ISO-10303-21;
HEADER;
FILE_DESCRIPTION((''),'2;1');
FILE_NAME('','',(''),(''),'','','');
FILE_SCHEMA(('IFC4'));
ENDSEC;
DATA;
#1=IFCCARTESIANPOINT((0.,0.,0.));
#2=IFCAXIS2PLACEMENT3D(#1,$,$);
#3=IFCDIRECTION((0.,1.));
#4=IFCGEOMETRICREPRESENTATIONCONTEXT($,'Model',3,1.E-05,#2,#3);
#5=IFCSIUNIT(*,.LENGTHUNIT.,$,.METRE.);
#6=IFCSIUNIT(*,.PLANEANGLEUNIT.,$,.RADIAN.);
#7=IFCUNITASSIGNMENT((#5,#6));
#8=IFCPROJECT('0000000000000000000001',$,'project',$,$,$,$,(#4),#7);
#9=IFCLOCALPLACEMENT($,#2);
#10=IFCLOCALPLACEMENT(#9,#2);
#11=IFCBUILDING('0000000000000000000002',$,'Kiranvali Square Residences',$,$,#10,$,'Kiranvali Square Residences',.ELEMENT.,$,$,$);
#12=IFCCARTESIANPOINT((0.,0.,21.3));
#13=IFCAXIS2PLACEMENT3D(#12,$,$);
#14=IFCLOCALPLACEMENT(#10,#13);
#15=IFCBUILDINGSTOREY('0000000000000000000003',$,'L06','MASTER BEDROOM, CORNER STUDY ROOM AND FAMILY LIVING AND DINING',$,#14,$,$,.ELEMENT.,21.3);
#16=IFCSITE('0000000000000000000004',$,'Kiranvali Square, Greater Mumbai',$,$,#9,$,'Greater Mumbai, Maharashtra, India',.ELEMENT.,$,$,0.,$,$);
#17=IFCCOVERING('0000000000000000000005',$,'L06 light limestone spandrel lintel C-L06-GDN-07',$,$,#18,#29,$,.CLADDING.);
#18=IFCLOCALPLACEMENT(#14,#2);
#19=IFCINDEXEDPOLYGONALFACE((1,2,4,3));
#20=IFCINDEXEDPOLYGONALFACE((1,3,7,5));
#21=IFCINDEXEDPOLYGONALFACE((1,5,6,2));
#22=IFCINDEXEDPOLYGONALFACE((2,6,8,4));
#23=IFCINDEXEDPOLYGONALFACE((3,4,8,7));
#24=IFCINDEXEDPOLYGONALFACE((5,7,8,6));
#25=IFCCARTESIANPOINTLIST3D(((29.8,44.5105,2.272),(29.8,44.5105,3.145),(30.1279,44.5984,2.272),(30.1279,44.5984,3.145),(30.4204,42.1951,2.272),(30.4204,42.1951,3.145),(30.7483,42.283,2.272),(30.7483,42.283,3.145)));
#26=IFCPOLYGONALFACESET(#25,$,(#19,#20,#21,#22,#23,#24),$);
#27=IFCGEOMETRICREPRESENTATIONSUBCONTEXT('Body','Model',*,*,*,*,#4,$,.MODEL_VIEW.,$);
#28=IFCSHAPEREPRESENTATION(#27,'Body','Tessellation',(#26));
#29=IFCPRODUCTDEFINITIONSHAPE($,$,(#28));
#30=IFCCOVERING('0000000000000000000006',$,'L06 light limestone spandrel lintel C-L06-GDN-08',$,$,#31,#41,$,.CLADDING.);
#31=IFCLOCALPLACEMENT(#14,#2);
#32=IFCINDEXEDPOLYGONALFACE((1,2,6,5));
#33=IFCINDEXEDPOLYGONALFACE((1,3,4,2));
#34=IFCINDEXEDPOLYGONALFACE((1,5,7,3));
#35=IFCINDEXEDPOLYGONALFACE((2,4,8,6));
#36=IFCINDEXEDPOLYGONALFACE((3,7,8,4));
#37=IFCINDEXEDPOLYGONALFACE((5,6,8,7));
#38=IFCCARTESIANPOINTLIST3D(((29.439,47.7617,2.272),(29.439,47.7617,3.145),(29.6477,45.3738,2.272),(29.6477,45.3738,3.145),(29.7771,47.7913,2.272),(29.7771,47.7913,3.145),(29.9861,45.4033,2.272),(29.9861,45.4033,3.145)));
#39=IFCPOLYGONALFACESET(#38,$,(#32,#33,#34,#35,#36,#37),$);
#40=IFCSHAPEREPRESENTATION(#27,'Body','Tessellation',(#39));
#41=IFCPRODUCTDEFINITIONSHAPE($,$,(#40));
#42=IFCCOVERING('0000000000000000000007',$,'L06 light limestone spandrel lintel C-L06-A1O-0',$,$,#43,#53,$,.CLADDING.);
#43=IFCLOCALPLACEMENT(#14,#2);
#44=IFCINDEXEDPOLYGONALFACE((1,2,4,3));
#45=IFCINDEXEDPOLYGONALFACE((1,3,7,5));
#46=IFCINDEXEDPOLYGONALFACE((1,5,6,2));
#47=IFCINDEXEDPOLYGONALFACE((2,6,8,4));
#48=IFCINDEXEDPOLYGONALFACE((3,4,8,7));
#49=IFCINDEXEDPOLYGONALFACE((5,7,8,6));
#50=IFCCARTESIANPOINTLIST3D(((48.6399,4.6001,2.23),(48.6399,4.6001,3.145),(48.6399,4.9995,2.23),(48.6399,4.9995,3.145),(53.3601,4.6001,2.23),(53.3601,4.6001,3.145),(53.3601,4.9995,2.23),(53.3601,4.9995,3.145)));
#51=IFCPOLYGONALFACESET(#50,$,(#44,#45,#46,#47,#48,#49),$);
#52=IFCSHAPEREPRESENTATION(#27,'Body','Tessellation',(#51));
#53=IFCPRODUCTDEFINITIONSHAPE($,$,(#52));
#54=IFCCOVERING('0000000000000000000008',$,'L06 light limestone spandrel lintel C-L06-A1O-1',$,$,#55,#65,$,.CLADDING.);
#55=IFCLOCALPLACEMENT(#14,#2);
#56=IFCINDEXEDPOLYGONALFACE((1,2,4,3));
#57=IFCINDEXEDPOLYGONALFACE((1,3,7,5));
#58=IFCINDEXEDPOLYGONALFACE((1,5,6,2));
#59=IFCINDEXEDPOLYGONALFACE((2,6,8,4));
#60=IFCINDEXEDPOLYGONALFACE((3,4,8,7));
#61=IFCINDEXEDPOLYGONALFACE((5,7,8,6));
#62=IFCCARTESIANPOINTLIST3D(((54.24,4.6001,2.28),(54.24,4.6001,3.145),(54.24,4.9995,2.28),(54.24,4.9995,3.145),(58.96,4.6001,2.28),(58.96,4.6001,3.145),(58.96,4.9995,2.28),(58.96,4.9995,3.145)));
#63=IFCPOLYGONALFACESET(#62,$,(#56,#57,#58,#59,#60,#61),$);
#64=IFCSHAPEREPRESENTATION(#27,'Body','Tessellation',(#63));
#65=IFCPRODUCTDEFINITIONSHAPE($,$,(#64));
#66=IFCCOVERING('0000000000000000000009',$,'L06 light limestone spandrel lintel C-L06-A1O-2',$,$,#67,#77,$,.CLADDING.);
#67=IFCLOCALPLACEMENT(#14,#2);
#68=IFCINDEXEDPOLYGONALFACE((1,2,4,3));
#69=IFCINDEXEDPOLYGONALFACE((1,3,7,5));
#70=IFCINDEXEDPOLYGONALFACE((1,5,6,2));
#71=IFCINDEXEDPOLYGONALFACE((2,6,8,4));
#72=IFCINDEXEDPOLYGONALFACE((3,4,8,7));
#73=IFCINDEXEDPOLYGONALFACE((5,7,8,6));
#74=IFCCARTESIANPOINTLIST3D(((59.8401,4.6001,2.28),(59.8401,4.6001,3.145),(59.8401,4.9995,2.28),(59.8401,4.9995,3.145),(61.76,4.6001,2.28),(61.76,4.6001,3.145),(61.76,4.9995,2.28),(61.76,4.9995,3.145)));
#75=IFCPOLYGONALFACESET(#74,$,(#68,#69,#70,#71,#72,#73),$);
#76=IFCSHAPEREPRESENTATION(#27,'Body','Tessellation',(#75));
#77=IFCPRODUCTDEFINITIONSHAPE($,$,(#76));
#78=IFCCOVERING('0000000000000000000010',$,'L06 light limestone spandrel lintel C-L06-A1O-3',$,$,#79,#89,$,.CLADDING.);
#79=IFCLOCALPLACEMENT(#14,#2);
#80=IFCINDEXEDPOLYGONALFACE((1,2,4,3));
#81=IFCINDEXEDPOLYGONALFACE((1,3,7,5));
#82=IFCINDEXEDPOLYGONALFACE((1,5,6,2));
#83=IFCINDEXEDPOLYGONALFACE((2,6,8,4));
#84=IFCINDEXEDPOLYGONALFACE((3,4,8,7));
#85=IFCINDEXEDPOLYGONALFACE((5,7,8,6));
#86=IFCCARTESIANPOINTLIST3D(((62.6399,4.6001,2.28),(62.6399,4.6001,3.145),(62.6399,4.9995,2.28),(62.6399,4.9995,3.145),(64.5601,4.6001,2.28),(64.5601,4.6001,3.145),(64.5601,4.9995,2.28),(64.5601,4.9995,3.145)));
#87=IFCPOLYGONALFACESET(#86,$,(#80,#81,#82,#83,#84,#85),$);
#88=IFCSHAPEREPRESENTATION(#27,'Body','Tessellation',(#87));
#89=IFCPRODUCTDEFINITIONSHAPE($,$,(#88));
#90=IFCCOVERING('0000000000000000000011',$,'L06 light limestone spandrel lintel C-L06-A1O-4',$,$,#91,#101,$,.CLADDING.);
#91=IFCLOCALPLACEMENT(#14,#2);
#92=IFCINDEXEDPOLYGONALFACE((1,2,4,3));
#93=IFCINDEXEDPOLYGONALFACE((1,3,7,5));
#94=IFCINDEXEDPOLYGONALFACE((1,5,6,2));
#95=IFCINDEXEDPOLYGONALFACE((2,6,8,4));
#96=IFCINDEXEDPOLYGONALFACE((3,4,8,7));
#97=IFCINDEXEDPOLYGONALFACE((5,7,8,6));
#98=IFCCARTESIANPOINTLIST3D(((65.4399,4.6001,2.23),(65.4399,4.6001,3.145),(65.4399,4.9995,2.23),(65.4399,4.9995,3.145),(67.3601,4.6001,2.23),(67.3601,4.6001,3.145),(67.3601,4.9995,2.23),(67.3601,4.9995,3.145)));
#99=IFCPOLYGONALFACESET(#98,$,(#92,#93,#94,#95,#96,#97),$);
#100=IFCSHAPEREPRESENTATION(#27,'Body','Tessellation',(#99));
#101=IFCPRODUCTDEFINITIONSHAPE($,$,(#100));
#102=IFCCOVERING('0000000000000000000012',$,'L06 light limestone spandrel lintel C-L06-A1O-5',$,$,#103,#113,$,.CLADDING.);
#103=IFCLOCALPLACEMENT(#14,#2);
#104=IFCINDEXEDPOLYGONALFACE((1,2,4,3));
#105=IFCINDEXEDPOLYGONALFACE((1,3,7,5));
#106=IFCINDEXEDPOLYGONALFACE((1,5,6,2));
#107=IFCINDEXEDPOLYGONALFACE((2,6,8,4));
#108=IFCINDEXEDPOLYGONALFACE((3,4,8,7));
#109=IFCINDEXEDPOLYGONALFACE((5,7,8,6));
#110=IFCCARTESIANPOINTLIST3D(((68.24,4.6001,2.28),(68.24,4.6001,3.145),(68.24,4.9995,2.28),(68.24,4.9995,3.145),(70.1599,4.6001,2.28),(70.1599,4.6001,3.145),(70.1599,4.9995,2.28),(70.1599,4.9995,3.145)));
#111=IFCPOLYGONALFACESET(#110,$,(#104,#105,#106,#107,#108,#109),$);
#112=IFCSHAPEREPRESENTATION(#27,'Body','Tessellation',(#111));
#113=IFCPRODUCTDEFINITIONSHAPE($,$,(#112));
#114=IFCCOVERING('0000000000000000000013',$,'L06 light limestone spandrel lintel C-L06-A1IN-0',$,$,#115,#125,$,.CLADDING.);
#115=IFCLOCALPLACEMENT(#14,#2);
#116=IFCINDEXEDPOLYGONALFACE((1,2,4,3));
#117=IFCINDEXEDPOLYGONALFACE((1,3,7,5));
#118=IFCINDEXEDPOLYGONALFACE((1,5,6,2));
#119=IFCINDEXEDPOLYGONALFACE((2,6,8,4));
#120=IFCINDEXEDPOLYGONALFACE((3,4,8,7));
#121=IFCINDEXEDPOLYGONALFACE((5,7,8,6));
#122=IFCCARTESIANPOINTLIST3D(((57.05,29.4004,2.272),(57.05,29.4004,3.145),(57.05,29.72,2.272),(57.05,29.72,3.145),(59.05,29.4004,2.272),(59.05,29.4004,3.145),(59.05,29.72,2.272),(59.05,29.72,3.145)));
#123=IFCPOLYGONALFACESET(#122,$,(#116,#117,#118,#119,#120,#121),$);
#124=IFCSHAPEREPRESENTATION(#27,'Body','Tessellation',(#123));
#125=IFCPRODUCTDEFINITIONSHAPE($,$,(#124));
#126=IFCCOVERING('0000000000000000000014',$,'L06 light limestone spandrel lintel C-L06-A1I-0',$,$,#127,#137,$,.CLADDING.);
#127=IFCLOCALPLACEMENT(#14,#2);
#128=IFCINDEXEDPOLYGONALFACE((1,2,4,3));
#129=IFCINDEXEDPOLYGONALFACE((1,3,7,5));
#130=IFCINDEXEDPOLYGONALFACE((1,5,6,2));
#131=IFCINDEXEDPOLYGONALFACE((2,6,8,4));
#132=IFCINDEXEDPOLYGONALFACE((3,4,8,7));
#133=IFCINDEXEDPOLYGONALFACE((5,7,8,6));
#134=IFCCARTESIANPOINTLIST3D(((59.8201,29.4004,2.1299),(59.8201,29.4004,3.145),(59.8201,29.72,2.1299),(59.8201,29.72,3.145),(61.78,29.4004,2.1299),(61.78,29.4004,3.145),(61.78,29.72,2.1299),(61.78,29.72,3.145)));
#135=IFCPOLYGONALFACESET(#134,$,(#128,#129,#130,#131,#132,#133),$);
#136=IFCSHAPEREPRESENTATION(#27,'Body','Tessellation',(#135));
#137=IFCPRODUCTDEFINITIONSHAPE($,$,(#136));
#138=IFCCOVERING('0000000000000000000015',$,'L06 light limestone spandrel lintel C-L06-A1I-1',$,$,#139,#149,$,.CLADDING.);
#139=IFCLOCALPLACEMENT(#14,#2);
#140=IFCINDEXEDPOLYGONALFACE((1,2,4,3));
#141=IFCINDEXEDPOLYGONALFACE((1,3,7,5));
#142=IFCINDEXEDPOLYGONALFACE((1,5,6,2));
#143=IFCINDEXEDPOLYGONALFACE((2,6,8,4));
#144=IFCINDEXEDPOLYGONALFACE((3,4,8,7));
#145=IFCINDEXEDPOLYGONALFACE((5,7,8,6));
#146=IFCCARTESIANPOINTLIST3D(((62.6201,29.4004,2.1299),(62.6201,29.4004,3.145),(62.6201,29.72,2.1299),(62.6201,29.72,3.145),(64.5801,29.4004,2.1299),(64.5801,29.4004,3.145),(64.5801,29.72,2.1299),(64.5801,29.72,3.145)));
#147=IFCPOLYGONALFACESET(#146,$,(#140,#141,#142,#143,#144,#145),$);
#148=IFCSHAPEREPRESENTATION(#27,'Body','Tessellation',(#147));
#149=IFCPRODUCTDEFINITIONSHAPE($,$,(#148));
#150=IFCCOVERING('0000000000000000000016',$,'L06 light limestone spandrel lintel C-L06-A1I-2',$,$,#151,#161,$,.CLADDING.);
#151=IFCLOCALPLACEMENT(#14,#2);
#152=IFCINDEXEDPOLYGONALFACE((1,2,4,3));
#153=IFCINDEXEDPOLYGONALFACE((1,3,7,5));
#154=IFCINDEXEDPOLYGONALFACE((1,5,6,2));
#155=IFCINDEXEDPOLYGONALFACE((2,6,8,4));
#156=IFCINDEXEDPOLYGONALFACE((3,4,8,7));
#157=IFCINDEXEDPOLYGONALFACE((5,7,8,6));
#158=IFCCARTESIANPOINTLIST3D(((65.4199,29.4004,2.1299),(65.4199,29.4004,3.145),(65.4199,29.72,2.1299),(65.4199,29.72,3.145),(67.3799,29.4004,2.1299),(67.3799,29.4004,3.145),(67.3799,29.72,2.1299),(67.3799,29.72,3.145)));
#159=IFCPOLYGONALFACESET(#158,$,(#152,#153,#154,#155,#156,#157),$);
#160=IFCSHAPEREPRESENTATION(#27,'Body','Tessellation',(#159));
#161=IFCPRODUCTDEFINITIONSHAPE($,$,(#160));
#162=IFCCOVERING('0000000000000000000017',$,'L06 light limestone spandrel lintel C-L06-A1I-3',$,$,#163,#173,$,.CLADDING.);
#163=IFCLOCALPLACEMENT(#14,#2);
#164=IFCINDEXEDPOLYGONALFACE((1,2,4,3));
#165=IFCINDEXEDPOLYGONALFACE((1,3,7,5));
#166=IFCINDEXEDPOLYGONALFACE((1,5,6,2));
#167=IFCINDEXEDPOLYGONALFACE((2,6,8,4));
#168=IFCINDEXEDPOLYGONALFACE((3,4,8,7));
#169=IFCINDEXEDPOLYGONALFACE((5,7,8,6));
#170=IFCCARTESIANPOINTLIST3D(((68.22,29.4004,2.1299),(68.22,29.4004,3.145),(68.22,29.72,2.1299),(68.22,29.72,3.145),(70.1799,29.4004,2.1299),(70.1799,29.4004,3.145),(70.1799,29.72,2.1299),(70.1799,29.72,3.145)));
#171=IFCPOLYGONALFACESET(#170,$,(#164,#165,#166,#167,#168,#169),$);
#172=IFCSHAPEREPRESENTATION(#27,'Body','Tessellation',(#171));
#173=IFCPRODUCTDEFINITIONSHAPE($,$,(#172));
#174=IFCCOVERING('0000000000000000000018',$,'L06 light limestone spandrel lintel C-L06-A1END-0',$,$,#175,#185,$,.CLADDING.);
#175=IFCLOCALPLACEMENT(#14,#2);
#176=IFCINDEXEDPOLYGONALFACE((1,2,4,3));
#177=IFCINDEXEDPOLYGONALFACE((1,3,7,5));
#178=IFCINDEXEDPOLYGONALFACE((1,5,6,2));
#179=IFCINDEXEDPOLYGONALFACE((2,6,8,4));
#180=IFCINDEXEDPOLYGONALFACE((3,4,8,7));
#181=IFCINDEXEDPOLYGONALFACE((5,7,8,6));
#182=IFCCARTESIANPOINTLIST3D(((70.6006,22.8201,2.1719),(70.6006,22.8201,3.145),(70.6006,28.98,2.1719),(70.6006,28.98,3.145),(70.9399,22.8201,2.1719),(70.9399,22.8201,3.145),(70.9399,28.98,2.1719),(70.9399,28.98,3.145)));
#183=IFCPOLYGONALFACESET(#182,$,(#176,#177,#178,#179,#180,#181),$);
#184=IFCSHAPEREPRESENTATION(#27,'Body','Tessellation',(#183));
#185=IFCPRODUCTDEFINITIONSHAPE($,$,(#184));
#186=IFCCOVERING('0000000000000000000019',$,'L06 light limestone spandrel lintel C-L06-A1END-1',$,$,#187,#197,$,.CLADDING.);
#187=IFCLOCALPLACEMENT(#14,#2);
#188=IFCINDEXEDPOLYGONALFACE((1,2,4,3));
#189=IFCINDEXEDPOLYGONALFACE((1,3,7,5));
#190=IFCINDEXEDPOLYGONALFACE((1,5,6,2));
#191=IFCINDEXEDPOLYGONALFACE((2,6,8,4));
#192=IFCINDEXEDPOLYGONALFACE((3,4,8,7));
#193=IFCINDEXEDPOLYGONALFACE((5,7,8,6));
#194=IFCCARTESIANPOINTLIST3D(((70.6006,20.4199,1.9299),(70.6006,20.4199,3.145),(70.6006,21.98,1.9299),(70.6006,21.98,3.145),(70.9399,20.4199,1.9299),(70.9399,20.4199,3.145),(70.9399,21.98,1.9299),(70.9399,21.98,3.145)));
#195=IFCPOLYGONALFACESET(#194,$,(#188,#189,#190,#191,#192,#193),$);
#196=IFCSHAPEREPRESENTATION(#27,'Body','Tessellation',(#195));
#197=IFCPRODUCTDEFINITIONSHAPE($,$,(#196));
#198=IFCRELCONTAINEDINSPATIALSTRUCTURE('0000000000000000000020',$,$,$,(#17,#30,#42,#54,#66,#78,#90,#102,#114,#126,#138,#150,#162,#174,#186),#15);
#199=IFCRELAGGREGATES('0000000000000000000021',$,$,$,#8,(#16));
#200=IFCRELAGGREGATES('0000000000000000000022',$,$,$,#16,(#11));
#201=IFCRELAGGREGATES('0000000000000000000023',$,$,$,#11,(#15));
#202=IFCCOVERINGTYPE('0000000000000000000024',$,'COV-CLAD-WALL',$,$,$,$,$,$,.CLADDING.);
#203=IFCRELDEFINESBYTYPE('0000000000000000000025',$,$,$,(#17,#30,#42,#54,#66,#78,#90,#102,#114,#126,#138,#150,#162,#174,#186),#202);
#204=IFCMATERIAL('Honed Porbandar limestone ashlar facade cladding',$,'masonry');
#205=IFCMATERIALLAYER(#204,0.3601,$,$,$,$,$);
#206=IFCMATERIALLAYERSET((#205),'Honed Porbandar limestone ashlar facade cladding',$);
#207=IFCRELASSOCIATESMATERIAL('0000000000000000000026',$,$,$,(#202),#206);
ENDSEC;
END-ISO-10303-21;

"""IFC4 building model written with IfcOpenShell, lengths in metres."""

from ifc_helpers import new_model, si_unit, direction, frame, origin, place, context, subcontext, project, spatial, polyline, outline, extrude, material, layer, layer_set, type_object, element, save


model = new_model("IFC4")

# Units and contexts
model_context = context("Model", 3, precision=1e-05, world=origin(), true_north=direction((0.0, 1.0)))
body_context = subcontext(model_context, "Body", "Model", "MODEL_VIEW")
ifc_project = project(units=[si_unit("LENGTHUNIT", "METRE"), si_unit("PLANEANGLEUNIT", "RADIAN")], contexts=[model_context])

# Site, building, storey
site_placement = place(None, origin())
site = spatial("IfcSite", under=ifc_project, at=site_placement, Name="Kiranvali Square, Greater Mumbai", LongName="Greater Mumbai, Maharashtra, India", CompositionType="ELEMENT", RefElevation=0.0)
building_placement = place(site_placement, origin())
building = spatial("IfcBuilding", under=site, at=building_placement, Name="Kiranvali Square Residences", LongName="Kiranvali Square Residences", CompositionType="ELEMENT")
storey_placement = place(building_placement, frame((0.0, 0.0, 21.3)))
storey = spatial("IfcBuildingStorey", under=building, at=storey_placement, Name="L06", Description="MASTER BEDROOM, CORNER STUDY ROOM AND FAMILY LIVING AND DINING", CompositionType="ELEMENT", Elevation=21.3)

# Coverings
ifc_material = material(Name="Honed Porbandar limestone ashlar facade cladding", Category="masonry")
ifc_layer_1 = layer(ifc_material, 0.3601)
ifc_layer_set_1 = layer_set([ifc_layer_1], Name="Honed Porbandar limestone ashlar facade cladding")
covering_type_1 = type_object("IfcCoveringType", Name="COV-CLAD-WALL", PredefinedType="CLADDING", material=ifc_layer_set_1)
covering_1_placement = place(storey_placement, frame((0.0, 0.0, 2.272)))
element("IfcCovering", 1, at=covering_1_placement, inside=storey, type_object=covering_type_1, Name="L06 light limestone spandrel lintel C-L06-GDN-07", PredefinedType="CLADDING", context=body_context, shape_type="SweptSolid", body=[
    extrude(outline(polyline([(30.7483, 42.283), (30.1279, 44.5984), (29.8, 44.5105), (30.4204, 42.1951), (30.7483, 42.283)])), origin(), (0.0, 0.0, 1.0), 0.873),
])
covering_2_placement = place(storey_placement, frame((0.0, 0.0, 2.272)))
element("IfcCovering", 2, at=covering_2_placement, inside=storey, type_object=covering_type_1, Name="L06 light limestone spandrel lintel C-L06-GDN-08", PredefinedType="CLADDING", context=body_context, shape_type="SweptSolid", body=[
    extrude(outline(polyline([(29.9861, 45.4033), (29.7771, 47.7913), (29.439, 47.7617), (29.6477, 45.3738), (29.9861, 45.4033)])), origin(), (0.0, 0.0, 1.0), 0.873),
])
covering_3_placement = place(storey_placement, frame((0.0, 0.0, 2.23)))
element("IfcCovering", 3, at=covering_3_placement, inside=storey, type_object=covering_type_1, Name="L06 light limestone spandrel lintel C-L06-A1O-0", PredefinedType="CLADDING", context=body_context, shape_type="SweptSolid", body=[
    extrude(outline(polyline([(48.6399, 4.6001), (53.3601, 4.6001), (53.3601, 4.9995), (48.6399, 4.9995), (48.6399, 4.6001)])), origin(), (0.0, 0.0, 1.0), 0.915),
])
covering_4_placement = place(storey_placement, frame((0.0, 0.0, 2.28)))
element("IfcCovering", 4, at=covering_4_placement, inside=storey, type_object=covering_type_1, Name="L06 light limestone spandrel lintel C-L06-A1O-1", PredefinedType="CLADDING", context=body_context, shape_type="SweptSolid", body=[
    extrude(outline(polyline([(54.24, 4.6001), (58.96, 4.6001), (58.96, 4.9995), (54.24, 4.9995), (54.24, 4.6001)])), origin(), (0.0, 0.0, 1.0), 0.865),
])
covering_5_placement = place(storey_placement, frame((0.0, 0.0, 2.28)))
element("IfcCovering", 5, at=covering_5_placement, inside=storey, type_object=covering_type_1, Name="L06 light limestone spandrel lintel C-L06-A1O-2", PredefinedType="CLADDING", context=body_context, shape_type="SweptSolid", body=[
    extrude(outline(polyline([(59.8401, 4.6001), (61.76, 4.6001), (61.76, 4.9995), (59.8401, 4.9995), (59.8401, 4.6001)])), origin(), (0.0, 0.0, 1.0), 0.865),
])
covering_6_placement = place(storey_placement, frame((0.0, 0.0, 2.28)))
element("IfcCovering", 6, at=covering_6_placement, inside=storey, type_object=covering_type_1, Name="L06 light limestone spandrel lintel C-L06-A1O-3", PredefinedType="CLADDING", context=body_context, shape_type="SweptSolid", body=[
    extrude(outline(polyline([(62.6399, 4.6001), (64.5601, 4.6001), (64.5601, 4.9995), (62.6399, 4.9995), (62.6399, 4.6001)])), origin(), (0.0, 0.0, 1.0), 0.865),
])
covering_7_placement = place(storey_placement, frame((0.0, 0.0, 2.23)))
element("IfcCovering", 7, at=covering_7_placement, inside=storey, type_object=covering_type_1, Name="L06 light limestone spandrel lintel C-L06-A1O-4", PredefinedType="CLADDING", context=body_context, shape_type="SweptSolid", body=[
    extrude(outline(polyline([(65.4399, 4.6001), (67.3601, 4.6001), (67.3601, 4.9995), (65.4399, 4.9995), (65.4399, 4.6001)])), origin(), (0.0, 0.0, 1.0), 0.915),
])
covering_8_placement = place(storey_placement, frame((0.0, 0.0, 2.28)))
element("IfcCovering", 8, at=covering_8_placement, inside=storey, type_object=covering_type_1, Name="L06 light limestone spandrel lintel C-L06-A1O-5", PredefinedType="CLADDING", context=body_context, shape_type="SweptSolid", body=[
    extrude(outline(polyline([(68.24, 4.6001), (70.1599, 4.6001), (70.1599, 4.9995), (68.24, 4.9995), (68.24, 4.6001)])), origin(), (0.0, 0.0, 1.0), 0.865),
])
covering_9_placement = place(storey_placement, frame((0.0, 0.0, 2.272)))
element("IfcCovering", 9, at=covering_9_placement, inside=storey, type_object=covering_type_1, Name="L06 light limestone spandrel lintel C-L06-A1IN-0", PredefinedType="CLADDING", context=body_context, shape_type="SweptSolid", body=[
    extrude(outline(polyline([(57.05, 29.4004), (59.05, 29.4004), (59.05, 29.72), (57.05, 29.72), (57.05, 29.4004)])), origin(), (0.0, 0.0, 1.0), 0.873),
])
covering_10_placement = place(storey_placement, frame((0.0, 0.0, 2.1299)))
element("IfcCovering", 10, at=covering_10_placement, inside=storey, type_object=covering_type_1, Name="L06 light limestone spandrel lintel C-L06-A1I-0", PredefinedType="CLADDING", context=body_context, shape_type="SweptSolid", body=[
    extrude(outline(polyline([(59.8201, 29.4004), (61.78, 29.4004), (61.78, 29.72), (59.8201, 29.72), (59.8201, 29.4004)])), origin(), (0.0, 0.0, 1.0), 1.0151),
])
covering_11_placement = place(storey_placement, frame((0.0, 0.0, 2.1299)))
element("IfcCovering", 11, at=covering_11_placement, inside=storey, type_object=covering_type_1, Name="L06 light limestone spandrel lintel C-L06-A1I-1", PredefinedType="CLADDING", context=body_context, shape_type="SweptSolid", body=[
    extrude(outline(polyline([(62.6201, 29.4004), (64.5801, 29.4004), (64.5801, 29.72), (62.6201, 29.72), (62.6201, 29.4004)])), origin(), (0.0, 0.0, 1.0), 1.0151),
])
covering_12_placement = place(storey_placement, frame((0.0, 0.0, 2.1299)))
element("IfcCovering", 12, at=covering_12_placement, inside=storey, type_object=covering_type_1, Name="L06 light limestone spandrel lintel C-L06-A1I-2", PredefinedType="CLADDING", context=body_context, shape_type="SweptSolid", body=[
    extrude(outline(polyline([(65.4199, 29.4004), (67.3799, 29.4004), (67.3799, 29.72), (65.4199, 29.72), (65.4199, 29.4004)])), origin(), (0.0, 0.0, 1.0), 1.0151),
])
covering_13_placement = place(storey_placement, frame((0.0, 0.0, 2.1299)))
element("IfcCovering", 13, at=covering_13_placement, inside=storey, type_object=covering_type_1, Name="L06 light limestone spandrel lintel C-L06-A1I-3", PredefinedType="CLADDING", context=body_context, shape_type="SweptSolid", body=[
    extrude(outline(polyline([(68.22, 29.4004), (70.1799, 29.4004), (70.1799, 29.72), (68.22, 29.72), (68.22, 29.4004)])), origin(), (0.0, 0.0, 1.0), 1.0151),
])
covering_14_placement = place(storey_placement, frame((0.0, 0.0, 2.1719)))
element("IfcCovering", 14, at=covering_14_placement, inside=storey, type_object=covering_type_1, Name="L06 light limestone spandrel lintel C-L06-A1END-0", PredefinedType="CLADDING", context=body_context, shape_type="SweptSolid", body=[
    extrude(outline(polyline([(70.6006, 28.98), (70.6006, 22.8201), (70.9399, 22.8201), (70.9399, 28.98), (70.6006, 28.98)])), origin(), (0.0, 0.0, 1.0), 0.9731),
])
covering_15_placement = place(storey_placement, frame((0.0, 0.0, 1.9299)))
element("IfcCovering", 15, at=covering_15_placement, inside=storey, type_object=covering_type_1, Name="L06 light limestone spandrel lintel C-L06-A1END-1", PredefinedType="CLADDING", context=body_context, shape_type="SweptSolid", body=[
    extrude(outline(polyline([(70.6006, 21.98), (70.6006, 20.4199), (70.9399, 20.4199), (70.9399, 21.98), (70.6006, 21.98)])), origin(), (0.0, 0.0, 1.0), 1.2151),
])

save(model, "model.ifc")
